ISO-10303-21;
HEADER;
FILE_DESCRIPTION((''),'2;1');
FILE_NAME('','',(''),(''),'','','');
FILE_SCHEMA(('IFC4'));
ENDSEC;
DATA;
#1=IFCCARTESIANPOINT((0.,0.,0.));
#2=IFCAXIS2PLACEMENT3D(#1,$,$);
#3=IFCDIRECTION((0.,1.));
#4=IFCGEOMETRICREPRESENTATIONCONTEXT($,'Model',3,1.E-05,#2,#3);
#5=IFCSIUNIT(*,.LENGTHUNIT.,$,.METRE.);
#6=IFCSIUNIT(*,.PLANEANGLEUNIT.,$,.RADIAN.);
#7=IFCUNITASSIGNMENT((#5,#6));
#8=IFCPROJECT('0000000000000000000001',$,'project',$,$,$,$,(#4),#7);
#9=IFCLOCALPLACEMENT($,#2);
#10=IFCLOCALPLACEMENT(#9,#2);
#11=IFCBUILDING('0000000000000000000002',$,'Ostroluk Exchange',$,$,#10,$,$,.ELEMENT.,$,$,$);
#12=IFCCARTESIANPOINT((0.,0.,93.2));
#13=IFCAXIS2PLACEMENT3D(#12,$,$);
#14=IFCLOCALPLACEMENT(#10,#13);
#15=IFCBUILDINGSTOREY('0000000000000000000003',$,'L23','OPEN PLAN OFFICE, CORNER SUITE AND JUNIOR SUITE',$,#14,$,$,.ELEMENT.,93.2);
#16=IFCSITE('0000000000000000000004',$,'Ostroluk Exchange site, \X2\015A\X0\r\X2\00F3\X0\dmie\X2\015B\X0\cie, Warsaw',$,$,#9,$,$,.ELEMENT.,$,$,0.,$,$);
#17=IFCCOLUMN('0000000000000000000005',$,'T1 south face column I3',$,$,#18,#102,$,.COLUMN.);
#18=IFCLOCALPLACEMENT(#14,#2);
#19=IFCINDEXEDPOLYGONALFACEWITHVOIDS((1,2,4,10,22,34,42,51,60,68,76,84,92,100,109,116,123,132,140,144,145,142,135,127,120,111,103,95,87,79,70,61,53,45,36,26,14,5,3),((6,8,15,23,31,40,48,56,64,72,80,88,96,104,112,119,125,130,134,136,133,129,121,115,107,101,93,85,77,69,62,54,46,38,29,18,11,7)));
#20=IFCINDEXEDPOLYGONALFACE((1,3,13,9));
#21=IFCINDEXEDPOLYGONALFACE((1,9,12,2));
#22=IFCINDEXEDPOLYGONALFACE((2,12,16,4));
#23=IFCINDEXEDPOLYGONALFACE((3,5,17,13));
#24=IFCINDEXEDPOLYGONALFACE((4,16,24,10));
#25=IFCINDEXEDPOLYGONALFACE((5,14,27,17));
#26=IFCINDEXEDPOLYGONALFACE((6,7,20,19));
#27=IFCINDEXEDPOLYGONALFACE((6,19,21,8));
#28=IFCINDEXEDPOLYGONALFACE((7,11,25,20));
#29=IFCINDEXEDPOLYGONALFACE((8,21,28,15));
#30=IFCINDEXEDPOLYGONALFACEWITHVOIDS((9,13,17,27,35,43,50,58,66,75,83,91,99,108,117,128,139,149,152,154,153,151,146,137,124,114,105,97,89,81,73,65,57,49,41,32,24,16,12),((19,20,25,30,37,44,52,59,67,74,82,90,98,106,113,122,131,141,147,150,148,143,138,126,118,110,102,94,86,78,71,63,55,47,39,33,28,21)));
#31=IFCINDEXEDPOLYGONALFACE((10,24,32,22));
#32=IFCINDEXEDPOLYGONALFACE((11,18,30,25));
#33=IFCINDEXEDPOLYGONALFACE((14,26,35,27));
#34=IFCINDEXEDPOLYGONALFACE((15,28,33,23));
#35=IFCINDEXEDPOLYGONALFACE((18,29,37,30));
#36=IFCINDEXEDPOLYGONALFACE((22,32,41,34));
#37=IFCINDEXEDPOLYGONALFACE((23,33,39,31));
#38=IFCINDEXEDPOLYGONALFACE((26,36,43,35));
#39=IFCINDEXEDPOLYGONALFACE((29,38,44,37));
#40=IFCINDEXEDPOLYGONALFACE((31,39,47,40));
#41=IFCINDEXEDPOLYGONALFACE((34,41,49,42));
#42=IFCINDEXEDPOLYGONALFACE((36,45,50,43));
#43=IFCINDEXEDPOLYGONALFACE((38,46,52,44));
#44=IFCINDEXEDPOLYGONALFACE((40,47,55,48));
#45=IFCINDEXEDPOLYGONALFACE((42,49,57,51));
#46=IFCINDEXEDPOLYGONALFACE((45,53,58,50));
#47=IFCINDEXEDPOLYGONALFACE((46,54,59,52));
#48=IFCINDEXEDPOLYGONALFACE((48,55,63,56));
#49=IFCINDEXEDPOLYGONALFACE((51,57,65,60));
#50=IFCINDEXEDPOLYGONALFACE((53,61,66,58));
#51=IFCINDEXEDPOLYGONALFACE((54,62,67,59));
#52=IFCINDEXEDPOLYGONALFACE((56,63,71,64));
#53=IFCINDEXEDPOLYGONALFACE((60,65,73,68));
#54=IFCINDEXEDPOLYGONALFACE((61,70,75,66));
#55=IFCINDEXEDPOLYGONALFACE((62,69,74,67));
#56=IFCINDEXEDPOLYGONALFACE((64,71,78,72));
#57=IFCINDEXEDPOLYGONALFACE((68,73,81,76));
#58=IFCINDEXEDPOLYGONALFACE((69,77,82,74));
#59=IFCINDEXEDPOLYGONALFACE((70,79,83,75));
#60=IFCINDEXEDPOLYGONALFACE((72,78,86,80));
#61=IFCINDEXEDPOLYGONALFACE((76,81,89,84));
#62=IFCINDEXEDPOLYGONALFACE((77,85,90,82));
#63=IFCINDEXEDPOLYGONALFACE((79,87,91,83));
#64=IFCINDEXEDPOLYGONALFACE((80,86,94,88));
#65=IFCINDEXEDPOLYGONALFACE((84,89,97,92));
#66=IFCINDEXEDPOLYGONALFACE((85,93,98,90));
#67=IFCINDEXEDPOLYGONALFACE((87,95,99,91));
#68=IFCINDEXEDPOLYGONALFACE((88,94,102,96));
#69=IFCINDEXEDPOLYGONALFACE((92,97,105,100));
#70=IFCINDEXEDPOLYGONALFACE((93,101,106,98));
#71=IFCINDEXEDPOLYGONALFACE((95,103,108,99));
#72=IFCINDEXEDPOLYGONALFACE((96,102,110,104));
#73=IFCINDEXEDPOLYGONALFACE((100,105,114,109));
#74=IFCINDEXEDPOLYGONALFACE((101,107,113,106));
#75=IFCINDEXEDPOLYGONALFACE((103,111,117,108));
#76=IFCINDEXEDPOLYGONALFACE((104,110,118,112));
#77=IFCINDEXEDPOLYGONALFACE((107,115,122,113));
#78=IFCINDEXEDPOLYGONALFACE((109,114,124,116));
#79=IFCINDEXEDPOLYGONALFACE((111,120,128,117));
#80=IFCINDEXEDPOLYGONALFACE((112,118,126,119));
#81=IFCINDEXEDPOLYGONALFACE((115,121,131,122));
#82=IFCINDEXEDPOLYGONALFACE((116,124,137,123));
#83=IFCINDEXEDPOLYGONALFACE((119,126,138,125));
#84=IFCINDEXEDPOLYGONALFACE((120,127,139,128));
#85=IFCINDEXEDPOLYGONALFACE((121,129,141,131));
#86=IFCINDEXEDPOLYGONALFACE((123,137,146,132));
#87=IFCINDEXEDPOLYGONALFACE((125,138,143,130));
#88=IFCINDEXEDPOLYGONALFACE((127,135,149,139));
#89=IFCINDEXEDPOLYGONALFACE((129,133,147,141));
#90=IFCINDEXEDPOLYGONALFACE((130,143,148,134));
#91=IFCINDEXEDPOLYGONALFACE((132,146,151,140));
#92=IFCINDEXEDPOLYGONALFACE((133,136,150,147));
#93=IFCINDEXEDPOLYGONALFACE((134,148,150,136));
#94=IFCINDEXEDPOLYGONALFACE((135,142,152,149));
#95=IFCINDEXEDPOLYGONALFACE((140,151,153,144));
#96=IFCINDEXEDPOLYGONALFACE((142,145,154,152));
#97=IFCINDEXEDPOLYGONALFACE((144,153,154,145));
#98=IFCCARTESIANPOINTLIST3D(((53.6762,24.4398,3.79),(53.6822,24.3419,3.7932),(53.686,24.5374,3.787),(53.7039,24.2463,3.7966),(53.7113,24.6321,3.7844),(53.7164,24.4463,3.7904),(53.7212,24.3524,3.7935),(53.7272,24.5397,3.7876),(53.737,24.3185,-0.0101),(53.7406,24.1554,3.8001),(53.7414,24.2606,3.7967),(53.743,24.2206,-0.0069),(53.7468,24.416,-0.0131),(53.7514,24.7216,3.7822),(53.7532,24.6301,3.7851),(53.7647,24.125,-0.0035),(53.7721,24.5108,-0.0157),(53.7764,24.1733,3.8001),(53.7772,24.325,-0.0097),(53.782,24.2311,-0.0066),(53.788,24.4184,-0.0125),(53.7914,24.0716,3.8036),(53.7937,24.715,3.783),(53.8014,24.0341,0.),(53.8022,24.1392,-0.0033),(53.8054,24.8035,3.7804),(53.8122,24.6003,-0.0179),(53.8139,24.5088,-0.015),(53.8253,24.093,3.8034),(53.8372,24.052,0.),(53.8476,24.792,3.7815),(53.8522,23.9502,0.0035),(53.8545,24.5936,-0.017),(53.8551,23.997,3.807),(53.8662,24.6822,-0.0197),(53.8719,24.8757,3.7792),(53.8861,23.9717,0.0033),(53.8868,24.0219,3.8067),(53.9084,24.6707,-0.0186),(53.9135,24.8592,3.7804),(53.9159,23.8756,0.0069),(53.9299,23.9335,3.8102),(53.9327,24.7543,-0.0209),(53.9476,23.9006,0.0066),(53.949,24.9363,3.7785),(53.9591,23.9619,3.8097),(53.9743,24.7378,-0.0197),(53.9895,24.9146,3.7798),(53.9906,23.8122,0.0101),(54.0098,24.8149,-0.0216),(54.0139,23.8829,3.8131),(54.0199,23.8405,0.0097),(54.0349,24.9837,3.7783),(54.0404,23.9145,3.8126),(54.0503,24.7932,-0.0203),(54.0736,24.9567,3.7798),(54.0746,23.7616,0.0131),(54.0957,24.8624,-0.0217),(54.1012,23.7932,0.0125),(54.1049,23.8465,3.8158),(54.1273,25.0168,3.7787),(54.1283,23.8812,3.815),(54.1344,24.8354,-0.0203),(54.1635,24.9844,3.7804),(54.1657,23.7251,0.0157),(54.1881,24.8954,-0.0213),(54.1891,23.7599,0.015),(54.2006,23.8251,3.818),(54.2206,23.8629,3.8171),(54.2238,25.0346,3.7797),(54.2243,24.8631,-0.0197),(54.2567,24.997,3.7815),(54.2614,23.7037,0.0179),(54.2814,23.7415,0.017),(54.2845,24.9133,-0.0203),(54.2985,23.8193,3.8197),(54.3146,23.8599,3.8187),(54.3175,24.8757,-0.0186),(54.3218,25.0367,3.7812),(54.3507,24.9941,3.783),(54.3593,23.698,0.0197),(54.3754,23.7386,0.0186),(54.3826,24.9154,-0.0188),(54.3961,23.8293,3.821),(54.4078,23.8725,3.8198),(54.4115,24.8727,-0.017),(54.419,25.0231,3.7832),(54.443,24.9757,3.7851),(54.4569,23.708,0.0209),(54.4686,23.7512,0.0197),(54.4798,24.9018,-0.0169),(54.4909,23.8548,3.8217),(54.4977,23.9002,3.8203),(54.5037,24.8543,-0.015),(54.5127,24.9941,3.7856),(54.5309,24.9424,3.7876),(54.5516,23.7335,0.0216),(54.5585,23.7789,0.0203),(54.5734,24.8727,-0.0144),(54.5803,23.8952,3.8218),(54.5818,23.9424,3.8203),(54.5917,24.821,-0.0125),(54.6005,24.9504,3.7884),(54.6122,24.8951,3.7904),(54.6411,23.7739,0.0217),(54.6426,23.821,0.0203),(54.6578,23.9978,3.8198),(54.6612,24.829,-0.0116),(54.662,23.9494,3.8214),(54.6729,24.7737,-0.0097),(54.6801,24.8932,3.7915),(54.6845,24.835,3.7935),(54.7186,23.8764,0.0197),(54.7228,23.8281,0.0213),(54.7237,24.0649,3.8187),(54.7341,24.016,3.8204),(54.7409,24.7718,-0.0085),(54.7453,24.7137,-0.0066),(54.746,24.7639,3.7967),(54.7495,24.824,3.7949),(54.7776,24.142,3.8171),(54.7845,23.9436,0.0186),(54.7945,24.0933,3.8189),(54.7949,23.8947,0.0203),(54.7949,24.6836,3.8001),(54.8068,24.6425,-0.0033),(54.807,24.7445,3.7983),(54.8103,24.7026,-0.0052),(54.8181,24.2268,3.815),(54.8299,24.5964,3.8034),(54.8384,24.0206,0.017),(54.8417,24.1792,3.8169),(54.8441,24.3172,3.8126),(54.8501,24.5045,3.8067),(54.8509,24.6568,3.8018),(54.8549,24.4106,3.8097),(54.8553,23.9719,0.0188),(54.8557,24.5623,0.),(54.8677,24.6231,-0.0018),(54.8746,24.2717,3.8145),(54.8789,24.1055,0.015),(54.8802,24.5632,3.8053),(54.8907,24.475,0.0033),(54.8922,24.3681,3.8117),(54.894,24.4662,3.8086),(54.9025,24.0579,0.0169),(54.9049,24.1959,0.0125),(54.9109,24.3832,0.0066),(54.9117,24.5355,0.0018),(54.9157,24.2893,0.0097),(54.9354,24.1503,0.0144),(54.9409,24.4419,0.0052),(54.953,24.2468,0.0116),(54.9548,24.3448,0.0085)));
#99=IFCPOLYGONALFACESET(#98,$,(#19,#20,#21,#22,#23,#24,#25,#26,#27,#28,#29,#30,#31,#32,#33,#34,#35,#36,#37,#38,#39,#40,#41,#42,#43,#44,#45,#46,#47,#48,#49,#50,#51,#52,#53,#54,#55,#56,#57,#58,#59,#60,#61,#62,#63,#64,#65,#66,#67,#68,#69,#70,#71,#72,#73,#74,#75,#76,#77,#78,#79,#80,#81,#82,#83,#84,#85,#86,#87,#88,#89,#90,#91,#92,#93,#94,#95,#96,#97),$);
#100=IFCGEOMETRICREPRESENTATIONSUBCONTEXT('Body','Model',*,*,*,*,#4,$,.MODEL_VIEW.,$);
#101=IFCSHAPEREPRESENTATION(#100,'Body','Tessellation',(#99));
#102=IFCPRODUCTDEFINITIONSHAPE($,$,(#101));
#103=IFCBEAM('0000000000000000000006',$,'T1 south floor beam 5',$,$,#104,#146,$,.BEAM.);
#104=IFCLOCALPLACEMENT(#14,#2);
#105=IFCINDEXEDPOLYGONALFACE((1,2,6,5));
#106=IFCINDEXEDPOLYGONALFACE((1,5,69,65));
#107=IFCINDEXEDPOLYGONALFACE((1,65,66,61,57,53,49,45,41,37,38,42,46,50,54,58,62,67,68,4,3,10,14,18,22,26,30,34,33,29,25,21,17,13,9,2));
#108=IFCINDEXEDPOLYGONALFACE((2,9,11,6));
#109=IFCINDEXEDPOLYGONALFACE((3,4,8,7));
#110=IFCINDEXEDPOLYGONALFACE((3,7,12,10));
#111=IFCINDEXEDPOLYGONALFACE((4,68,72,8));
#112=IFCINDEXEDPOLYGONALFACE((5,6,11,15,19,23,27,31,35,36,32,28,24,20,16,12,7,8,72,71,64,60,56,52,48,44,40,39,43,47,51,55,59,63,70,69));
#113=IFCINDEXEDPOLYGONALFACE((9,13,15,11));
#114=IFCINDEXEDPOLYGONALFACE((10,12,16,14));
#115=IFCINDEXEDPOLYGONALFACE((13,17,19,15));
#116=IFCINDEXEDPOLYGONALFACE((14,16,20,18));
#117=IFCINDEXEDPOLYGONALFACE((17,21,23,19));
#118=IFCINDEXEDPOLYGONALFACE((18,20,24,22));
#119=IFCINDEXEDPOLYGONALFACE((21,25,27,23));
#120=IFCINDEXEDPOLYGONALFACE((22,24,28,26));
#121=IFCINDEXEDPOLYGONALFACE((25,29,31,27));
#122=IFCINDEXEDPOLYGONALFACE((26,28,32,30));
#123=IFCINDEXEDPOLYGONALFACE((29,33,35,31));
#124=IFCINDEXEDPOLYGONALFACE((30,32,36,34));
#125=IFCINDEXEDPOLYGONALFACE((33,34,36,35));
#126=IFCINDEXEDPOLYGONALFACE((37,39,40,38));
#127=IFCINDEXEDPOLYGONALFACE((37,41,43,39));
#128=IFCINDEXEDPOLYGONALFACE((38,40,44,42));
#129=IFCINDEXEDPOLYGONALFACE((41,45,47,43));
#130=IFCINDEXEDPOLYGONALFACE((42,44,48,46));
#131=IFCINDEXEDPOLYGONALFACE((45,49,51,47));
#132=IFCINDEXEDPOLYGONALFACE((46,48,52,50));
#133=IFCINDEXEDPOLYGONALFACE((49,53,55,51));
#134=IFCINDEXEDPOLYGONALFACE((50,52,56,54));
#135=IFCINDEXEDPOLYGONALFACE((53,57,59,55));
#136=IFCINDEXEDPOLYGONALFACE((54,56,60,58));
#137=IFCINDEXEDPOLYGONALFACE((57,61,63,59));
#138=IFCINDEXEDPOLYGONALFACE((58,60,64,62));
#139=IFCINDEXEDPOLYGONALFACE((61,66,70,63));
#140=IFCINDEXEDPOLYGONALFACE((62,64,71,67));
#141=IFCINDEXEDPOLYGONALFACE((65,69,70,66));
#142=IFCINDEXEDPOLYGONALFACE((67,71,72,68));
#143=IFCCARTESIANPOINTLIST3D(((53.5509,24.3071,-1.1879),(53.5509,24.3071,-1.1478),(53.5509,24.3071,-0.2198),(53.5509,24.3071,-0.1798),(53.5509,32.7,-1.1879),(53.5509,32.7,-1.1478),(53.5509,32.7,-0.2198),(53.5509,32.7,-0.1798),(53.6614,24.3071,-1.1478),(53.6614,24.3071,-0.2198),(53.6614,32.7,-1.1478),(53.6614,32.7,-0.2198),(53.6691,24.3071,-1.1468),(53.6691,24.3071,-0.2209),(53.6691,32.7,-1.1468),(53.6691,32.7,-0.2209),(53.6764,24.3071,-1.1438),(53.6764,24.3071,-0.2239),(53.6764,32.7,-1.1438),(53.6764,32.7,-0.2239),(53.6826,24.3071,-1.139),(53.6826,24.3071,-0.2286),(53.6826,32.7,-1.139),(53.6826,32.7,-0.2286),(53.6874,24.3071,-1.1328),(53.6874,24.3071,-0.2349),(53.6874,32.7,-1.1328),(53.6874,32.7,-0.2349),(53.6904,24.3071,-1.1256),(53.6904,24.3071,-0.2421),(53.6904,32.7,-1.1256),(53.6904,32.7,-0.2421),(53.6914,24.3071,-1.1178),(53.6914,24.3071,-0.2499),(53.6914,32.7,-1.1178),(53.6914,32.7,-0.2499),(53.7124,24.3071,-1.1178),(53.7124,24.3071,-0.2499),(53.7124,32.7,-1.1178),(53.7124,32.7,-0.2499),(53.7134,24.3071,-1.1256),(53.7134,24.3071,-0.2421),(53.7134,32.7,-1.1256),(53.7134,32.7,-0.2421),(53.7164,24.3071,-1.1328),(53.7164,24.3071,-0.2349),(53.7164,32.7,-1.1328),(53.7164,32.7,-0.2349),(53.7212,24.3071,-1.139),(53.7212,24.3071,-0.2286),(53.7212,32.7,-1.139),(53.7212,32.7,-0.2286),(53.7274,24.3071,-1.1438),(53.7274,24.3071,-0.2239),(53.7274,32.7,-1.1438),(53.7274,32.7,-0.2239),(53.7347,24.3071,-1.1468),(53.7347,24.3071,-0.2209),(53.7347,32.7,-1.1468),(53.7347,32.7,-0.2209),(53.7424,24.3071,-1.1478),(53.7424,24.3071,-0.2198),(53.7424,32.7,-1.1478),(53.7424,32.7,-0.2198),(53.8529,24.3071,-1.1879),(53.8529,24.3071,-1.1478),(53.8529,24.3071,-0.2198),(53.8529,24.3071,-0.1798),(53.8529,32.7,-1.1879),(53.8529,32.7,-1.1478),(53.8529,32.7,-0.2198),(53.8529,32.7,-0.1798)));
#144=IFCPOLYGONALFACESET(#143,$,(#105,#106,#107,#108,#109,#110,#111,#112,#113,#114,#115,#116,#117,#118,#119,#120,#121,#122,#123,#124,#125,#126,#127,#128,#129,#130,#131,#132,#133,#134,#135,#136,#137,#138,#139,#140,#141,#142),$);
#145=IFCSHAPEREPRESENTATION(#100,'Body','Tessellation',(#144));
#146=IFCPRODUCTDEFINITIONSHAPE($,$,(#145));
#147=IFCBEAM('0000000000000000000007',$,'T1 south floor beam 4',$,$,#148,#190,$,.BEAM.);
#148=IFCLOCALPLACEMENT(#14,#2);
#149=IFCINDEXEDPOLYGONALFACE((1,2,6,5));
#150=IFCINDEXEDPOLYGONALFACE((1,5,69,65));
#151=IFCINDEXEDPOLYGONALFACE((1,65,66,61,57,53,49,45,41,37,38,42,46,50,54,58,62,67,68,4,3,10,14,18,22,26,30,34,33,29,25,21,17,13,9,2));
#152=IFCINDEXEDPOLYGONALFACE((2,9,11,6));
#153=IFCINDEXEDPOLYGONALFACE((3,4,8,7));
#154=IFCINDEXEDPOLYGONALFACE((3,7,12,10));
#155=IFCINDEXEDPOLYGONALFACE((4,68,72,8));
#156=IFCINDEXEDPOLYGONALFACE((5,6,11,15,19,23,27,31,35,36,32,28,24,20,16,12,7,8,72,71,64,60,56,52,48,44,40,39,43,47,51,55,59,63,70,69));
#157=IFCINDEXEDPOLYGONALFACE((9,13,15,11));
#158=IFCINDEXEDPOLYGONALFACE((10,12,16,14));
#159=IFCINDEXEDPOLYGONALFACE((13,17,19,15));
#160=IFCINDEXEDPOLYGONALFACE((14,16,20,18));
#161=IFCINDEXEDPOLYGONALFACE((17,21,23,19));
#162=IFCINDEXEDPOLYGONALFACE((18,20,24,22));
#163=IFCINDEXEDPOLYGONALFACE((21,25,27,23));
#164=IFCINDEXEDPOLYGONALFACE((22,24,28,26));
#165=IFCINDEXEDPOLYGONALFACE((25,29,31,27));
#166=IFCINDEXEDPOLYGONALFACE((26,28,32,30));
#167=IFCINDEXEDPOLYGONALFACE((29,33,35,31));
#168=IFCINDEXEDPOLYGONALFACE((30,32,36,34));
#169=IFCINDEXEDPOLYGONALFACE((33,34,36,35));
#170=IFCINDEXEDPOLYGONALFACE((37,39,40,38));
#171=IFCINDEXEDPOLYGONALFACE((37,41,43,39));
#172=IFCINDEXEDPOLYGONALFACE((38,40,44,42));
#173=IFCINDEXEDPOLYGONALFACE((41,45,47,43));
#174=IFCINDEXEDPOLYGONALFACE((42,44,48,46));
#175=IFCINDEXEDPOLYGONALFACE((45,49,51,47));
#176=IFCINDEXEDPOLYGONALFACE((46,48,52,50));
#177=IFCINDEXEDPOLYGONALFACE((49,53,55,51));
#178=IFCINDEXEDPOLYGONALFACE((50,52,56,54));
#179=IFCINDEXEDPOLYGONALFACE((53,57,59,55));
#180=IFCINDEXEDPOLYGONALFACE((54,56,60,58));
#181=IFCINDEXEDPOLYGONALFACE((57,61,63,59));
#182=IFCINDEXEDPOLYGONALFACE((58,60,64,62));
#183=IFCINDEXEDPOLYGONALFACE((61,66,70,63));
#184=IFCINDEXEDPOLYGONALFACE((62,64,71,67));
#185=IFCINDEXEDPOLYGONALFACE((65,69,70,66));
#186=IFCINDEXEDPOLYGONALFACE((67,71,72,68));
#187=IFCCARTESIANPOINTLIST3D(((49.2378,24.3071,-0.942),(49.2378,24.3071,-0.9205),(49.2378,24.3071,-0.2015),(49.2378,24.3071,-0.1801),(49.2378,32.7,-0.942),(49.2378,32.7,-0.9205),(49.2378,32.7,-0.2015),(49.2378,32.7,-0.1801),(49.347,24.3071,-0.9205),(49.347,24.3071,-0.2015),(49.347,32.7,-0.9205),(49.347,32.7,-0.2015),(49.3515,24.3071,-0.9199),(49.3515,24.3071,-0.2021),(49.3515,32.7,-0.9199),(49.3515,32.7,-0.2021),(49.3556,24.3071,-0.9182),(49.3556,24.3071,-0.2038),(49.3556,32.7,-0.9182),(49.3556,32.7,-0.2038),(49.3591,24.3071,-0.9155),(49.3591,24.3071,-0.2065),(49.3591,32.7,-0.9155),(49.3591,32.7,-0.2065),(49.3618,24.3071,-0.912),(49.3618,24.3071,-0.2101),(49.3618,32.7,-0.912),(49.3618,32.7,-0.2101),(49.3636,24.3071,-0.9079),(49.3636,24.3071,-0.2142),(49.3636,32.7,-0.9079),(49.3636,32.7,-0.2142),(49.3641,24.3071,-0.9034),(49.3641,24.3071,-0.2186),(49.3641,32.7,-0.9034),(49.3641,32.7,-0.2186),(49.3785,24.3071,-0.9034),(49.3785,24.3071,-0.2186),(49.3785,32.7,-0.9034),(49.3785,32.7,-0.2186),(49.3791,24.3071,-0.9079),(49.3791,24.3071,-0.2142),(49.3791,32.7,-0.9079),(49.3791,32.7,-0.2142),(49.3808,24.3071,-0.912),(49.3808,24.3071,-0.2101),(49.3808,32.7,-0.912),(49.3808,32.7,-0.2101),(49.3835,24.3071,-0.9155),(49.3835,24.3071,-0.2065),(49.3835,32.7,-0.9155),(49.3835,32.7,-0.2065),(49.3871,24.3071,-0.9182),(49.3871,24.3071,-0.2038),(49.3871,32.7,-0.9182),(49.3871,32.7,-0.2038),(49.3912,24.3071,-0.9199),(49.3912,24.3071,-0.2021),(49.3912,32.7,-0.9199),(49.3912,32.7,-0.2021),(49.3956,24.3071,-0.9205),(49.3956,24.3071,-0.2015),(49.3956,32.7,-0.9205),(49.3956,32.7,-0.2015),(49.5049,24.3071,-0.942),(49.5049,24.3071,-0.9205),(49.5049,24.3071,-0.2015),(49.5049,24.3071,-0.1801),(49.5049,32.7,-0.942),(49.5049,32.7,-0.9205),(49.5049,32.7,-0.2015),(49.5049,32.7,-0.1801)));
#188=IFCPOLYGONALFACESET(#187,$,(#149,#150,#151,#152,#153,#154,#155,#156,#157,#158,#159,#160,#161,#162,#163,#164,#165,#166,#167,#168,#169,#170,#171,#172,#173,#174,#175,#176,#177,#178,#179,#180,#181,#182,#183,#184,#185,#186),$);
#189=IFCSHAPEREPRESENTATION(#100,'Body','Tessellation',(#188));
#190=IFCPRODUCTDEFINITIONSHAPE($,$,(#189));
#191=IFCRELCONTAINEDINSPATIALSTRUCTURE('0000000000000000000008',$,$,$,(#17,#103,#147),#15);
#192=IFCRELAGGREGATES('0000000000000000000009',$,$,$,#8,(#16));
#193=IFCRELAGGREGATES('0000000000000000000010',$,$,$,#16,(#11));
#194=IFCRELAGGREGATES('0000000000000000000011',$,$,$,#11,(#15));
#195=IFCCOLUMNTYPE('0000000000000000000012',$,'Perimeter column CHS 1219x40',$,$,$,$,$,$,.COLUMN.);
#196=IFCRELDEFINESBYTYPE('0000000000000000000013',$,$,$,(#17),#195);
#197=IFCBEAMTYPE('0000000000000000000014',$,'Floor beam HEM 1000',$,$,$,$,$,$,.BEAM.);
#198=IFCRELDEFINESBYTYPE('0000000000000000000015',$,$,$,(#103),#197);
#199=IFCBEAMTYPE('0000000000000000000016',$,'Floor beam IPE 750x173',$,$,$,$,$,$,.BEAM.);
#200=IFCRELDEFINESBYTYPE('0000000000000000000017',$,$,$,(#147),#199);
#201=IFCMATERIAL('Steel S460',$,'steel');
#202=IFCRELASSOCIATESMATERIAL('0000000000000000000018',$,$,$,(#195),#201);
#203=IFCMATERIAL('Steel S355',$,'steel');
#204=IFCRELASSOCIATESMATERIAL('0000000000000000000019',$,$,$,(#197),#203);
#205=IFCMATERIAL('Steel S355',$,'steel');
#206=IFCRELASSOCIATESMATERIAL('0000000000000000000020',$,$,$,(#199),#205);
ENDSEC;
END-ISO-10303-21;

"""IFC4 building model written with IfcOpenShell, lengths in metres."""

from ifc_helpers import new_model, si_unit, direction, frame, origin, origin_2d, place, context, subcontext, project, spatial, hollow_circle, i_section, extrude, material, material_profile, profile_set, type_object, element, save


model = new_model("IFC4")

# Units and contexts
model_context = context("Model", 3, precision=1e-05, world=origin(), true_north=direction((0.0, 1.0)))
body_context = subcontext(model_context, "Body", "Model", "MODEL_VIEW")
ifc_project = project(units=[si_unit("LENGTHUNIT", "METRE"), si_unit("PLANEANGLEUNIT", "RADIAN")], contexts=[model_context])

# Site, building, storey
site_placement = place(None, origin())
site = spatial("IfcSite", under=ifc_project, at=site_placement, Name="Ostroluk Exchange site, Śródmieście, Warsaw", CompositionType="ELEMENT", RefElevation=0.0)
building_placement = place(site_placement, origin())
building = spatial("IfcBuilding", under=site, at=building_placement, Name="Ostroluk Exchange", CompositionType="ELEMENT")
storey_placement = place(building_placement, frame((0.0, 0.0, 93.2)))
storey = spatial("IfcBuildingStorey", under=building, at=storey_placement, Name="L23", Description="OPEN PLAN OFFICE, CORNER SUITE AND JUNIOR SUITE", CompositionType="ELEMENT", Elevation=93.2)

# Column
ifc_material_1 = material(Name="Steel S460", Category="steel")
ifc_material_profile_1 = material_profile(ifc_material_1, hollow_circle(Radius=0.6096, WallThickness=0.04, at=origin_2d()), Name="CHS 1219x40")
ifc_profile_set_1 = profile_set([ifc_material_profile_1], Name="Steel S460")
column_type = type_object("IfcColumnType", Name="Perimeter column CHS 1219x40", PredefinedType="COLUMN", material=ifc_profile_set_1)
column_placement = place(storey_placement, frame((54.3464, 24.3071, 0.0), z_axis=(-0.015987, 0.03191, 0.999363), x_axis=(-0.894067, -0.447933, 0.0)))
element("IfcColumn", 1, at=column_placement, inside=storey, type_object=column_type, Name="T1 south face column I3", PredefinedType="COLUMN", context=body_context, shape_type="SweptSolid", body=[
    extrude(hollow_circle(Radius=0.6096, WallThickness=0.04, at=origin_2d()), origin(), (0.0, 0.0, 1.0), 3.8025),
])

# Beams
ifc_material_2 = material(Name="Steel S355", Category="steel")
ifc_material_profile_2 = material_profile(ifc_material_2, i_section(OverallWidth=0.302, OverallDepth=1.0081, WebThickness=0.021, FlangeThickness=0.04, FilletRadius=0.03, at=origin_2d()), Name="HEM 1000")
ifc_profile_set_2 = profile_set([ifc_material_profile_2], Name="Steel S355")
beam_type_1 = type_object("IfcBeamType", Name="Floor beam HEM 1000", PredefinedType="BEAM", material=ifc_profile_set_2)
beam_1_placement = place(storey_placement, frame((53.7019, 32.7, -0.6838), z_axis=(0.0, -1.0, 0.0), x_axis=(1.0, 0.0, 0.0)))
element("IfcBeam", 2, at=beam_1_placement, inside=storey, type_object=beam_type_1, Name="T1 south floor beam 5", PredefinedType="BEAM", context=body_context, shape_type="SweptSolid", body=[
    extrude(i_section(OverallWidth=0.302, OverallDepth=1.0081, WebThickness=0.021, FlangeThickness=0.04, FilletRadius=0.03, at=origin_2d()), origin(), (0.0, 0.0, 1.0), 8.3928),
])
ifc_material_3 = material(Name="Steel S355", Category="steel")
ifc_material_profile_3 = material_profile(ifc_material_3, i_section(OverallWidth=0.2671, OverallDepth=0.762, WebThickness=0.0144, FlangeThickness=0.0215, FilletRadius=0.0171, at=origin_2d()), Name="IPE 750x173")
ifc_profile_set_3 = profile_set([ifc_material_profile_3], Name="Steel S355")
beam_type_2 = type_object("IfcBeamType", Name="Floor beam IPE 750x173", PredefinedType="BEAM", material=ifc_profile_set_3)
beam_2_placement = place(storey_placement, frame((49.3713, 32.7, -0.561), z_axis=(0.0, -1.0, 0.0), x_axis=(1.0, 0.0, 0.0)))
element("IfcBeam", 3, at=beam_2_placement, inside=storey, type_object=beam_type_2, Name="T1 south floor beam 4", PredefinedType="BEAM", context=body_context, shape_type="SweptSolid", body=[
    extrude(i_section(OverallWidth=0.2671, OverallDepth=0.762, WebThickness=0.0144, FlangeThickness=0.0215, FilletRadius=0.0171, at=origin_2d()), origin(), (0.0, 0.0, 1.0), 8.3928),
])

save(model, "model.ifc")
